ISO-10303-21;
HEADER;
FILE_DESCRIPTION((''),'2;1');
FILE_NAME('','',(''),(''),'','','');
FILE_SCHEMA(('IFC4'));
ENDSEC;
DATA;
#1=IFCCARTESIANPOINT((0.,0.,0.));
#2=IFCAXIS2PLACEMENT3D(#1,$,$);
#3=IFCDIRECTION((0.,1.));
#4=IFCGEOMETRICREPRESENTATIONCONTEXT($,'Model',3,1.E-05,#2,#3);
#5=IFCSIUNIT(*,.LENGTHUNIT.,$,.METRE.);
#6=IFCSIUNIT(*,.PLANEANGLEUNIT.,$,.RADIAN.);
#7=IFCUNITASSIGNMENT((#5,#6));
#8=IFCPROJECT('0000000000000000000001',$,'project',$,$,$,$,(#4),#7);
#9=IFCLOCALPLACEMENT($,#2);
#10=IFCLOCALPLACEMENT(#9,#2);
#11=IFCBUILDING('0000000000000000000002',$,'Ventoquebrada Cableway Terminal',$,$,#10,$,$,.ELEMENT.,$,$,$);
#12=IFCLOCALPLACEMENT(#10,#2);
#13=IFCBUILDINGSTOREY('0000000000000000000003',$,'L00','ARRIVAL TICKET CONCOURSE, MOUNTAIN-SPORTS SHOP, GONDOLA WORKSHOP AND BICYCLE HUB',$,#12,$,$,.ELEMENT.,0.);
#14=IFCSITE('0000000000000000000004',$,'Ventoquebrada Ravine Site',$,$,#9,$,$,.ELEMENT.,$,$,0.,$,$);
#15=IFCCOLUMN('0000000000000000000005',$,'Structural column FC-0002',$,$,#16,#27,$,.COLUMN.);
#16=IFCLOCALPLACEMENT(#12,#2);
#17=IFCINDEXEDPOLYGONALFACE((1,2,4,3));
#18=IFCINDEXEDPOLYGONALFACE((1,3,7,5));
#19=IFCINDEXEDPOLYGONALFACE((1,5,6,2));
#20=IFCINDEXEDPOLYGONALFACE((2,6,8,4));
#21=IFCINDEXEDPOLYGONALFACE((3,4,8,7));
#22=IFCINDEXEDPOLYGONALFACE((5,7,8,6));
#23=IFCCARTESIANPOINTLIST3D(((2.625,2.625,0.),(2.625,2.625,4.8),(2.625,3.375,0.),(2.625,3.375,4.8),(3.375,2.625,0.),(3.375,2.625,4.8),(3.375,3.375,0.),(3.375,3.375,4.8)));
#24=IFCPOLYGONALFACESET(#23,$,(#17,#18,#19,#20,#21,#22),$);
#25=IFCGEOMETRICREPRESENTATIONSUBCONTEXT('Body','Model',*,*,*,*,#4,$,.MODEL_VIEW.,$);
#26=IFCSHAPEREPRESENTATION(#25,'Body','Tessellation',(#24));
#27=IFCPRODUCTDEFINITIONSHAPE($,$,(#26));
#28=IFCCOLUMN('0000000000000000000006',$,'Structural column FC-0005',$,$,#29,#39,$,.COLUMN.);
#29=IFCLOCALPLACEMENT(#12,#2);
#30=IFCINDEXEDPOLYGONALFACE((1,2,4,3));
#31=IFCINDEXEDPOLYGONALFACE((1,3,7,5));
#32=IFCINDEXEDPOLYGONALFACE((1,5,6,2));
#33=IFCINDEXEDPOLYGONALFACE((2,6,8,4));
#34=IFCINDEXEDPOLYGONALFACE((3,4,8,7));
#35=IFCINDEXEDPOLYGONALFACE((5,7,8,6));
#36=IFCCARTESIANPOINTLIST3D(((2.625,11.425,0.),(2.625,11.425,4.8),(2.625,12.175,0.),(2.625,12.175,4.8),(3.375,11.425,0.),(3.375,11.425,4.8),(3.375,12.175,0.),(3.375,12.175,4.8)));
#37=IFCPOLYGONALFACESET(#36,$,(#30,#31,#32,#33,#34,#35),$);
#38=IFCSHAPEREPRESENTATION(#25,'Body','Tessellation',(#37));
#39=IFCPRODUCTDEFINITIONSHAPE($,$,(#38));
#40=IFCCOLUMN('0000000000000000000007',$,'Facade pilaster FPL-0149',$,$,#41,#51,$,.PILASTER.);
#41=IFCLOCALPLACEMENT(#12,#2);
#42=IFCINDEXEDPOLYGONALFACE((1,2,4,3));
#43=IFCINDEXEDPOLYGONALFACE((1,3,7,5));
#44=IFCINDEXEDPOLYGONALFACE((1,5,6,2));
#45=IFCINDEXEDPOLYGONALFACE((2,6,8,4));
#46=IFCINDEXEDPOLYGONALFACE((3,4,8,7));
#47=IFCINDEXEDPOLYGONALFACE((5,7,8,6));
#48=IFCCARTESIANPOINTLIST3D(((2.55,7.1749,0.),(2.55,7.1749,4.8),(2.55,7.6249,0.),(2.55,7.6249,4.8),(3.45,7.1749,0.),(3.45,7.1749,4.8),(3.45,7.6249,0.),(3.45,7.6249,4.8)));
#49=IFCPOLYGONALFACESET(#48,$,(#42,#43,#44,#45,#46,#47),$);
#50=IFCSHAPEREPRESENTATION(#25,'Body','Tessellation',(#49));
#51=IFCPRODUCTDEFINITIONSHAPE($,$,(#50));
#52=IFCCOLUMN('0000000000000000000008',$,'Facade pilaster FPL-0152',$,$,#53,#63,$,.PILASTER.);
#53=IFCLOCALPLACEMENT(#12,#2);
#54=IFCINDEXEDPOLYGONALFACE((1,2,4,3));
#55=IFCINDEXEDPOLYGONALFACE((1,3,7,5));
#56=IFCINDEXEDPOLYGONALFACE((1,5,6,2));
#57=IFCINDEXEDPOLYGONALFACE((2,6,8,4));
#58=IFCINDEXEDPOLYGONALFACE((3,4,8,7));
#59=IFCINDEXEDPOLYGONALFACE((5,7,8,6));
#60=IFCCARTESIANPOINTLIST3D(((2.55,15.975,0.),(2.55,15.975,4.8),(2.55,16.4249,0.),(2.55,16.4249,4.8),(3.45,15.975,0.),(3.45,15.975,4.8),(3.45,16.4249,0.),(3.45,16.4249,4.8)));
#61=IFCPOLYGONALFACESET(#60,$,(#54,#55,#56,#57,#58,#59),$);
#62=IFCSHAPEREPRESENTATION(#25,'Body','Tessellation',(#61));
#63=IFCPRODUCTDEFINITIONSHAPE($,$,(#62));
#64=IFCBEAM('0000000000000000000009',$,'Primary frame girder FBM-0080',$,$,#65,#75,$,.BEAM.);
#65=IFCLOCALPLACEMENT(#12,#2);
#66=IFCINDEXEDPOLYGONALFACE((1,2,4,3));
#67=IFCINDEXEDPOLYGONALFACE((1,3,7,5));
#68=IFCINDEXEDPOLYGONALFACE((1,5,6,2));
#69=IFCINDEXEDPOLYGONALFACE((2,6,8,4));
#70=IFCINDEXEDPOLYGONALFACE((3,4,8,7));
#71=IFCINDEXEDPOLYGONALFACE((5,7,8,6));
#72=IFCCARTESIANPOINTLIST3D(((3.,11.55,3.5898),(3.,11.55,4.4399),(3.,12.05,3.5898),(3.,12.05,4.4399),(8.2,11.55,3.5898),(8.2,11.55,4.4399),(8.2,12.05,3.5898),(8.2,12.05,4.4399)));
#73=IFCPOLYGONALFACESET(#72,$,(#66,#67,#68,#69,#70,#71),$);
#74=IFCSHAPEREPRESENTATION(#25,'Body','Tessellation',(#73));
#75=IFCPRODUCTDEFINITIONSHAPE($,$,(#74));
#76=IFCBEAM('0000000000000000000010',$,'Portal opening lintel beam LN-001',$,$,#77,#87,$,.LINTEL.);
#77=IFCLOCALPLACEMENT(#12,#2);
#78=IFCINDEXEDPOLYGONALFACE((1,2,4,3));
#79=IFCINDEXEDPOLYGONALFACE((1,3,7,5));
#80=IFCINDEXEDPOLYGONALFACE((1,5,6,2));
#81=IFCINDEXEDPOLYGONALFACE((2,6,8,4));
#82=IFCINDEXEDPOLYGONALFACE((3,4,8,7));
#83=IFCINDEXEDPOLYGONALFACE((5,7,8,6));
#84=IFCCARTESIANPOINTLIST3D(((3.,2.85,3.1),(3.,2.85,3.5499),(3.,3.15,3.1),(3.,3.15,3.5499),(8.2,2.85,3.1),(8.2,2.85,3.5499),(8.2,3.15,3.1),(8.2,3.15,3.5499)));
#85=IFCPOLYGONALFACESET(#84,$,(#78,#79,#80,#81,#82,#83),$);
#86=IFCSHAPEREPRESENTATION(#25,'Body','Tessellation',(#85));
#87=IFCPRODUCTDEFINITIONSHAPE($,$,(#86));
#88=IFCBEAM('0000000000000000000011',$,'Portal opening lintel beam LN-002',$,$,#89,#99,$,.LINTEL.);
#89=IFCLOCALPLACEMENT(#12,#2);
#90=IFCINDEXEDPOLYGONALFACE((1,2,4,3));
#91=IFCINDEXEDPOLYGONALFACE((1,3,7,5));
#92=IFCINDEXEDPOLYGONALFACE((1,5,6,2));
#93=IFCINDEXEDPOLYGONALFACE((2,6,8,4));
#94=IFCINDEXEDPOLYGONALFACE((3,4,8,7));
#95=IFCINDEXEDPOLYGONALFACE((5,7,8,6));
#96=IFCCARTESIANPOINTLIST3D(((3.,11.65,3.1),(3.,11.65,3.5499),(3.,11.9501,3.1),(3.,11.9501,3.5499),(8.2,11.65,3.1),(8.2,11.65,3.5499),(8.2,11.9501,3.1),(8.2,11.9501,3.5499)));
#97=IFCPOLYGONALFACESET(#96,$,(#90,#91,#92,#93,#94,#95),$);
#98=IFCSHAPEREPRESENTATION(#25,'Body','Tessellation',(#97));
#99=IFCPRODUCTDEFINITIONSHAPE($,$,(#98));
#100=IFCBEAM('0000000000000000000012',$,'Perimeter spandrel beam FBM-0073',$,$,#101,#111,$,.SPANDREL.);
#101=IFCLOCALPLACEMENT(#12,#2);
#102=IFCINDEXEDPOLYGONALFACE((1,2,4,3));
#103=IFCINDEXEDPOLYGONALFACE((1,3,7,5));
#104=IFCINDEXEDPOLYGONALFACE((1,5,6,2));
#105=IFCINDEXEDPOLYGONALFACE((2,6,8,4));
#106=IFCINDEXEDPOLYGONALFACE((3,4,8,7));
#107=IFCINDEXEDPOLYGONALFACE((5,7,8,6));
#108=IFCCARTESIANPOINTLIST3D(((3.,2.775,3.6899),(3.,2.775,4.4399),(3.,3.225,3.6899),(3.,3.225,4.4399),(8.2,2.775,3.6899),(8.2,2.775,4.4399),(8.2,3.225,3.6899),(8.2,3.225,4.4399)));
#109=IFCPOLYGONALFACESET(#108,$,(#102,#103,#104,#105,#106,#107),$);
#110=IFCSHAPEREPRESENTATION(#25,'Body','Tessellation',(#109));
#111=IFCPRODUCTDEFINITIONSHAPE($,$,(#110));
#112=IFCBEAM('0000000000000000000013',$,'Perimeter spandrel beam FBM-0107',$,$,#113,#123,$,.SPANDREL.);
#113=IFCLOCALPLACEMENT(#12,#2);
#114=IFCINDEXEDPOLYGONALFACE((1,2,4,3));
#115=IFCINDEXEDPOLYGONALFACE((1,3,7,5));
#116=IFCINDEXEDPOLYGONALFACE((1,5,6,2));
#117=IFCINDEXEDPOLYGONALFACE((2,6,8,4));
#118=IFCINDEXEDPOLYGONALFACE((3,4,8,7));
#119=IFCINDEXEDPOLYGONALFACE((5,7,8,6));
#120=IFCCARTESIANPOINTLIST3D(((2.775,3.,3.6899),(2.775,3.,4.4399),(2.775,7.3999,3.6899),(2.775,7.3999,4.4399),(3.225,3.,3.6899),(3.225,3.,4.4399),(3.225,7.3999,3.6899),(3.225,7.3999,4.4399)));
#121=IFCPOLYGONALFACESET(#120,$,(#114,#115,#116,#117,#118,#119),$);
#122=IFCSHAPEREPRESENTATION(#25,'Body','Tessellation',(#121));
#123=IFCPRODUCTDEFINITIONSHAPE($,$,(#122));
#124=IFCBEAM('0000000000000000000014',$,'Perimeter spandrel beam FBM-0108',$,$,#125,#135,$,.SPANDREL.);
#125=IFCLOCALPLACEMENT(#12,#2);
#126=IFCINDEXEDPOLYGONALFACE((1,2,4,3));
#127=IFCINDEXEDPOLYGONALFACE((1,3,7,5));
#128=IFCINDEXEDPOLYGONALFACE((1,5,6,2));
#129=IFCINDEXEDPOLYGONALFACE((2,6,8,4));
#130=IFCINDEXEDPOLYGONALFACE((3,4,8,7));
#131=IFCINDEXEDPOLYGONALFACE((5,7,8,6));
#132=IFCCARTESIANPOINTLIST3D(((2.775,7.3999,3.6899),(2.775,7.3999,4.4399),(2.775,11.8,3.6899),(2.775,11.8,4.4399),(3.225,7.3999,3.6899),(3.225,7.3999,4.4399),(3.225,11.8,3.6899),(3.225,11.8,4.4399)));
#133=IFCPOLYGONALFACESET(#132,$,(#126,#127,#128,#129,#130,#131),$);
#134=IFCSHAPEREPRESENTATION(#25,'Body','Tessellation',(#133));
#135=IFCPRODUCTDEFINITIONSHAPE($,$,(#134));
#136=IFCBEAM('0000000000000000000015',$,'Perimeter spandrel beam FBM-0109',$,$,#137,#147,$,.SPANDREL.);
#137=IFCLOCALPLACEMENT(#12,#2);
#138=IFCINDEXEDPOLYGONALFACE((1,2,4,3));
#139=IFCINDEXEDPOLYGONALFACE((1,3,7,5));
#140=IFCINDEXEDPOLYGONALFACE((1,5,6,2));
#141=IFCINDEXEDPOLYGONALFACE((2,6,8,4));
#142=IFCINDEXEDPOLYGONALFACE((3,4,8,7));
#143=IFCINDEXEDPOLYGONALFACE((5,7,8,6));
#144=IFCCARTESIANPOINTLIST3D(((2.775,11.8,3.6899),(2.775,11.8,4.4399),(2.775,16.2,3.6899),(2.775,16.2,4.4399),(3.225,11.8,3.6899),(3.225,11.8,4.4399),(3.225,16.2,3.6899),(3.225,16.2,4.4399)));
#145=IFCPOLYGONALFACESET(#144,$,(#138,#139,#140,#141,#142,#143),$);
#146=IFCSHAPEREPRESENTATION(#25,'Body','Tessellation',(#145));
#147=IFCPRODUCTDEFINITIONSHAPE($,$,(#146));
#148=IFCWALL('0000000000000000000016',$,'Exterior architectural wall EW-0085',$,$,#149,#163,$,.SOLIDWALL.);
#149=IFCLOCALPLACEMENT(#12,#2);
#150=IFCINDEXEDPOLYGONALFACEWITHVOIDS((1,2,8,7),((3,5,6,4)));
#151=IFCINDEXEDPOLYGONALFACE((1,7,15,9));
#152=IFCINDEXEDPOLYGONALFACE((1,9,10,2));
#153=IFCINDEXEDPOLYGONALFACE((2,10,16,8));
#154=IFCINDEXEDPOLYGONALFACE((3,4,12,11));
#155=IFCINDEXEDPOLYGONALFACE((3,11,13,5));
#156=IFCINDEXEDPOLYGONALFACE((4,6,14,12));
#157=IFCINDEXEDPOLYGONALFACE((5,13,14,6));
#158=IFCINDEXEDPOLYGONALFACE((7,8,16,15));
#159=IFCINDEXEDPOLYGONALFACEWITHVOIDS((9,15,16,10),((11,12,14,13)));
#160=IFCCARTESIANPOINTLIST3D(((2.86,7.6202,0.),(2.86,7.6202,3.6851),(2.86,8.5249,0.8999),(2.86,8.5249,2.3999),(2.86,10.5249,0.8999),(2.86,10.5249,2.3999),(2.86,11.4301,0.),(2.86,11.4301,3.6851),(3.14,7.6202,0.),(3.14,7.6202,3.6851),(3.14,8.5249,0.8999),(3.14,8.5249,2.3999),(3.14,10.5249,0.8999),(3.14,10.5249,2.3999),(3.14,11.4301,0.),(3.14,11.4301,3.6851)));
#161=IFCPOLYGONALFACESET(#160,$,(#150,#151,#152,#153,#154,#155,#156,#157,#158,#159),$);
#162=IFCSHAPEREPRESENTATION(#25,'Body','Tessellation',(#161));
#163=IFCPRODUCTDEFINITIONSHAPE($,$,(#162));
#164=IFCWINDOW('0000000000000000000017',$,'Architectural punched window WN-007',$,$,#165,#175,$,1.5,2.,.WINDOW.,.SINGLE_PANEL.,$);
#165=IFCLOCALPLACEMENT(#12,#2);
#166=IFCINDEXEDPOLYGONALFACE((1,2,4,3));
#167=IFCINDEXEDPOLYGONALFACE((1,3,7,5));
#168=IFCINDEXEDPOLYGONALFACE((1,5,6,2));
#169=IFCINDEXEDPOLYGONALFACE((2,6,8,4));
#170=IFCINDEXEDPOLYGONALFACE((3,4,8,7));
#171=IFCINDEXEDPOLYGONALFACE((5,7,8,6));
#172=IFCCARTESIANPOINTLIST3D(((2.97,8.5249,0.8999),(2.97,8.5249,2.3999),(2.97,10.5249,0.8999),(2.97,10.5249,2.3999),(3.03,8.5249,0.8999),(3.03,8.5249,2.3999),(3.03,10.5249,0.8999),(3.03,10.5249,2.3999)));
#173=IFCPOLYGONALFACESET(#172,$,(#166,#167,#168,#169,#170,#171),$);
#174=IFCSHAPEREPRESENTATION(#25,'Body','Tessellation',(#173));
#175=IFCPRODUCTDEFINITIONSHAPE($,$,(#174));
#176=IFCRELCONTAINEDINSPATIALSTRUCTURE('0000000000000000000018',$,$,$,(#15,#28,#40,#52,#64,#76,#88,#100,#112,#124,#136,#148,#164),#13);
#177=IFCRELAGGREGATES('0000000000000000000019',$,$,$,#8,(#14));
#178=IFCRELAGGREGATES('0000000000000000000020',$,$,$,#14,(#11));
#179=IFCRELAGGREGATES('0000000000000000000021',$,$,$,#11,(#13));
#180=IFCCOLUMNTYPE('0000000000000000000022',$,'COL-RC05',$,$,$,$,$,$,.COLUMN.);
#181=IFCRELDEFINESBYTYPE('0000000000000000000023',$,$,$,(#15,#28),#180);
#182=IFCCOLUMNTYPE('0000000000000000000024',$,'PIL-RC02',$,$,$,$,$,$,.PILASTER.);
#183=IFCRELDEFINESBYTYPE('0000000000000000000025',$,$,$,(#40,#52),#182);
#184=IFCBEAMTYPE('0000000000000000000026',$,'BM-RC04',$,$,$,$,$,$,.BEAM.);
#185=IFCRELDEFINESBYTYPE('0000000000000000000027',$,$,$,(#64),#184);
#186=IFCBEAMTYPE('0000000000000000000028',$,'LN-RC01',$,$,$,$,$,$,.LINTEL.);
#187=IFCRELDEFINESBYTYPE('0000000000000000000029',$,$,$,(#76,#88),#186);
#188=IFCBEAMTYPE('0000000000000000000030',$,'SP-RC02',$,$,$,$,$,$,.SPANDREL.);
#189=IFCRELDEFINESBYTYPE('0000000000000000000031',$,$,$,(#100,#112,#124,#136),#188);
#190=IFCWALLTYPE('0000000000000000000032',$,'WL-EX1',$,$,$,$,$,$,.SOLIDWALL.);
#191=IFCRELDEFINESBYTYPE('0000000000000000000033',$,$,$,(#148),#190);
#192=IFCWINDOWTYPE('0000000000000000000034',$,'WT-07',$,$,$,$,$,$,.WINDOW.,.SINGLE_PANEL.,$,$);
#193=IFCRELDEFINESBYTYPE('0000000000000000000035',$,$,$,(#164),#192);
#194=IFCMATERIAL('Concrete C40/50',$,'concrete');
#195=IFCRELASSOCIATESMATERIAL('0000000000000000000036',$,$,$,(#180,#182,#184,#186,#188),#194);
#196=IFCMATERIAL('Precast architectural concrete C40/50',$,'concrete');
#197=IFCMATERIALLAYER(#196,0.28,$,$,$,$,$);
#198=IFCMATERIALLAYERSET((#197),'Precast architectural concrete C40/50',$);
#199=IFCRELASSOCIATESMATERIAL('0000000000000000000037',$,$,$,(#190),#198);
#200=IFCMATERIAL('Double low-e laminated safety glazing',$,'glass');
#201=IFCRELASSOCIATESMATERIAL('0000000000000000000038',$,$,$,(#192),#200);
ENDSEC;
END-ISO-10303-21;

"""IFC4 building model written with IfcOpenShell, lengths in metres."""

from ifc_helpers import new_model, si_unit, direction, frame, frame_2d, origin, origin_2d, place, context, subcontext, project, spatial, rectangle, extrude, material, layer, layer_set, material_profile, profile_set, type_object, element, fill, save


model = new_model("IFC4")

# Units and contexts
model_context = context("Model", 3, precision=1e-05, world=origin(), true_north=direction((0.0, 1.0)))
body_context = subcontext(model_context, "Body", "Model", "MODEL_VIEW")
ifc_project = project(units=[si_unit("LENGTHUNIT", "METRE"), si_unit("PLANEANGLEUNIT", "RADIAN")], contexts=[model_context])

# Site, building, storey
site_placement = place(None, origin())
site = spatial("IfcSite", under=ifc_project, at=site_placement, Name="Ventoquebrada Ravine Site", CompositionType="ELEMENT", RefElevation=0.0)
building_placement = place(site_placement, origin())
building = spatial("IfcBuilding", under=site, at=building_placement, Name="Ventoquebrada Cableway Terminal", CompositionType="ELEMENT")
storey_placement = place(building_placement, origin())
storey = spatial("IfcBuildingStorey", under=building, at=storey_placement, Name="L00", Description="ARRIVAL TICKET CONCOURSE, MOUNTAIN-SPORTS SHOP, GONDOLA WORKSHOP AND BICYCLE HUB", CompositionType="ELEMENT", Elevation=0.0)

# Columns
ifc_material_1 = material(Name="Concrete C40/50", Category="concrete")
ifc_material_profile_1 = material_profile(ifc_material_1, rectangle(XDim=0.75, YDim=0.75, at=origin_2d()), Name="RC-COL-750X750")
ifc_profile_set_1 = profile_set([ifc_material_profile_1], Name="Concrete C40/50")
column_type_1 = type_object("IfcColumnType", Name="COL-RC05", PredefinedType="COLUMN", material=ifc_profile_set_1)
for number, where, z_axis, x_axis, name in (
    (1, (3.0, 3.0, 0.0), (0.0, 0.0, 1.0), (1.0, 0.0, 0.0), "Structural column FC-0002"),
    (2, (3.0, 11.8, 0.0), (0.0, 0.0, 1.0), (1.0, 0.0, 0.0), "Structural column FC-0005"),
):
    element("IfcColumn", number, at=place(storey_placement, frame(where, z_axis=z_axis, x_axis=x_axis)), inside=storey, type_object=column_type_1, Name=name, PredefinedType="COLUMN", context=body_context, shape_type="SweptSolid", body=[
        extrude(rectangle(XDim=0.75, YDim=0.75, at=origin_2d()), origin(), (0.0, 0.0, 1.0), 4.8),
    ])
ifc_material_profile_2 = material_profile(ifc_material_1, rectangle(XDim=0.45, YDim=0.8999, at=origin_2d()), Name="RC-PIL-450X900")
ifc_profile_set_2 = profile_set([ifc_material_profile_2], Name="Concrete C40/50")
column_type_2 = type_object("IfcColumnType", Name="PIL-RC02", PredefinedType="PILASTER", material=ifc_profile_set_2)
for number, where, z_axis, x_axis, name in (
    (3, (3.0, 7.3999, 0.0), (0.0, 0.0, 1.0), (0.0, 1.0, 0.0), "Facade pilaster FPL-0149"),
    (4, (3.0, 16.2, 0.0), (0.0, 0.0, 1.0), (0.0, 1.0, 0.0), "Facade pilaster FPL-0152"),
):
    element("IfcColumn", number, at=place(storey_placement, frame(where, z_axis=z_axis, x_axis=x_axis)), inside=storey, type_object=column_type_2, Name=name, PredefinedType="PILASTER", context=body_context, shape_type="SweptSolid", body=[
        extrude(rectangle(XDim=0.45, YDim=0.8999, at=origin_2d()), origin(), (0.0, 0.0, 1.0), 4.8),
    ])

# Beams
ifc_material_profile_3 = material_profile(ifc_material_1, rectangle(XDim=0.5, YDim=0.8501, at=origin_2d()), Name="RC-BM-500X850")
ifc_profile_set_3 = profile_set([ifc_material_profile_3], Name="Concrete C40/50")
beam_type_1 = type_object("IfcBeamType", Name="BM-RC04", PredefinedType="BEAM", material=ifc_profile_set_3)
beam_1_placement = place(storey_placement, frame((3.0, 11.8, 4.0149), z_axis=(1.0, 0.0, 0.0), x_axis=(0.0, 1.0, 0.0)))
element("IfcBeam", 5, at=beam_1_placement, inside=storey, type_object=beam_type_1, Name="Primary frame girder FBM-0080", PredefinedType="BEAM", context=body_context, shape_type="SweptSolid", body=[
    extrude(rectangle(XDim=0.5, YDim=0.8501, at=origin_2d()), origin(), (0.0, 0.0, 1.0), 5.2),
])
ifc_material_profile_4 = material_profile(ifc_material_1, rectangle(XDim=0.3, YDim=0.45, at=origin_2d()), Name="RC-LNT-300X450")
ifc_profile_set_4 = profile_set([ifc_material_profile_4], Name="Concrete C40/50")
beam_type_2 = type_object("IfcBeamType", Name="LN-RC01", PredefinedType="LINTEL", material=ifc_profile_set_4)
for number, where, z_axis, x_axis, name in (
    (6, (3.0, 3.0, 3.325), (1.0, 0.0, 0.0), (0.0, 1.0, 0.0), "Portal opening lintel beam LN-001"),
    (7, (3.0, 11.8, 3.325), (1.0, 0.0, 0.0), (0.0, 1.0, 0.0), "Portal opening lintel beam LN-002"),
):
    element("IfcBeam", number, at=place(storey_placement, frame(where, z_axis=z_axis, x_axis=x_axis)), inside=storey, type_object=beam_type_2, Name=name, PredefinedType="LINTEL", context=body_context, shape_type="SweptSolid", body=[
        extrude(rectangle(XDim=0.3, YDim=0.45, at=origin_2d()), origin(), (0.0, 0.0, 1.0), 5.2),
    ])
ifc_material_profile_5 = material_profile(ifc_material_1, rectangle(XDim=0.45, YDim=0.75, at=origin_2d()), Name="RC-BM-450X750")
ifc_profile_set_5 = profile_set([ifc_material_profile_5], Name="Concrete C40/50")
beam_type_3 = type_object("IfcBeamType", Name="SP-RC02", PredefinedType="SPANDREL", material=ifc_profile_set_5)
beam_2_placement = place(storey_placement, frame((3.0, 3.0, 4.0649), z_axis=(1.0, 0.0, 0.0), x_axis=(0.0, 1.0, 0.0)))
element("IfcBeam", 8, at=beam_2_placement, inside=storey, type_object=beam_type_3, Name="Perimeter spandrel beam FBM-0073", PredefinedType="SPANDREL", context=body_context, shape_type="SweptSolid", body=[
    extrude(rectangle(XDim=0.45, YDim=0.75, at=origin_2d()), origin(), (0.0, 0.0, 1.0), 5.2),
])
beam_3_placement = place(storey_placement, frame((3.0, 3.0, 4.0649), z_axis=(0.0, 1.0, 0.0), x_axis=(-1.0, 0.0, 0.0)))
element("IfcBeam", 9, at=beam_3_placement, inside=storey, type_object=beam_type_3, Name="Perimeter spandrel beam FBM-0107", PredefinedType="SPANDREL", context=body_context, shape_type="SweptSolid", body=[
    extrude(rectangle(XDim=0.45, YDim=0.75, at=origin_2d()), origin(), (0.0, 0.0, 1.0), 4.3999),
])
beam_4_placement = place(storey_placement, frame((3.0, 7.3999, 4.0649), z_axis=(0.0, 1.0, 0.0), x_axis=(-1.0, 0.0, 0.0)))
element("IfcBeam", 10, at=beam_4_placement, inside=storey, type_object=beam_type_3, Name="Perimeter spandrel beam FBM-0108", PredefinedType="SPANDREL", context=body_context, shape_type="SweptSolid", body=[
    extrude(rectangle(XDim=0.45, YDim=0.75, at=origin_2d()), origin(), (0.0, 0.0, 1.0), 4.4001),
])
beam_5_placement = place(storey_placement, frame((3.0, 11.8, 4.0649), z_axis=(0.0, 1.0, 0.0), x_axis=(-1.0, 0.0, 0.0)))
element("IfcBeam", 11, at=beam_5_placement, inside=storey, type_object=beam_type_3, Name="Perimeter spandrel beam FBM-0109", PredefinedType="SPANDREL", context=body_context, shape_type="SweptSolid", body=[
    extrude(rectangle(XDim=0.45, YDim=0.75, at=origin_2d()), origin(), (0.0, 0.0, 1.0), 4.3999),
])

# Wall, opening, window
ifc_material_2 = material(Name="Precast architectural concrete C40/50", Category="concrete")
ifc_layer_1 = layer(ifc_material_2, 0.28)
ifc_layer_set_1 = layer_set([ifc_layer_1], Name="Precast architectural concrete C40/50")
wall_type_1 = type_object("IfcWallType", Name="WL-EX1", PredefinedType="SOLIDWALL", material=ifc_layer_set_1)
wall_1_placement = place(storey_placement, frame((3.0, 11.4299, 0.0), z_axis=(0.0, 0.0, 1.0), x_axis=(0.0, -1.0, 0.0)))
wall_1 = element("IfcWall", 12, at=wall_1_placement, inside=storey, type_object=wall_type_1, Name="Exterior architectural wall EW-0085", PredefinedType="SOLIDWALL", context=body_context, shape_type="SweptSolid", body=[
    extrude(rectangle(XDim=3.8098, YDim=0.28, at=frame_2d((1.9048, 0.0))), origin(), (0.0, 0.0, 1.0), 3.6851),
])
opening_1_placement = place(wall_1_placement, frame((0.905, 0.0, 0.8999)))
opening_1 = element("IfcOpeningElement", 13, at=opening_1_placement, cuts=wall_1, PredefinedType="OPENING", context=body_context, shape_type="SweptSolid", body=[
    extrude(rectangle(XDim=2.0, YDim=1.5, at=frame_2d((1.0, 0.75))), frame((0.0, 0.1499, 0.0), z_axis=(0.0, -1.0, 0.0), x_axis=(1.0, 0.0, 0.0)), (0.0, 0.0, 1.0), 0.3),
])
ifc_material_3 = material(Name="Double low-e laminated safety glazing", Category="glass")
window_type_1 = type_object("IfcWindowType", Name="WT-07", PartitioningType="SINGLE_PANEL", PredefinedType="WINDOW", material=ifc_material_3)
window_1_placement = place(opening_1_placement, origin())
window_1 = element("IfcWindow", 14, at=window_1_placement, inside=storey, type_object=window_type_1, Name="Architectural punched window WN-007", OverallHeight=1.5, OverallWidth=2.0, PartitioningType="SINGLE_PANEL", PredefinedType="WINDOW", context=body_context, shape_type="SweptSolid", body=[
    extrude(rectangle(XDim=2.0, YDim=1.5, at=frame_2d((1.0, 0.75))), frame((0.0, 0.03, 0.0), z_axis=(0.0, -1.0, 0.0), x_axis=(1.0, 0.0, 0.0)), (0.0, 0.0, 1.0), 0.0601),
])
fill(opening_1, window_1)

save(model, "model.ifc")
